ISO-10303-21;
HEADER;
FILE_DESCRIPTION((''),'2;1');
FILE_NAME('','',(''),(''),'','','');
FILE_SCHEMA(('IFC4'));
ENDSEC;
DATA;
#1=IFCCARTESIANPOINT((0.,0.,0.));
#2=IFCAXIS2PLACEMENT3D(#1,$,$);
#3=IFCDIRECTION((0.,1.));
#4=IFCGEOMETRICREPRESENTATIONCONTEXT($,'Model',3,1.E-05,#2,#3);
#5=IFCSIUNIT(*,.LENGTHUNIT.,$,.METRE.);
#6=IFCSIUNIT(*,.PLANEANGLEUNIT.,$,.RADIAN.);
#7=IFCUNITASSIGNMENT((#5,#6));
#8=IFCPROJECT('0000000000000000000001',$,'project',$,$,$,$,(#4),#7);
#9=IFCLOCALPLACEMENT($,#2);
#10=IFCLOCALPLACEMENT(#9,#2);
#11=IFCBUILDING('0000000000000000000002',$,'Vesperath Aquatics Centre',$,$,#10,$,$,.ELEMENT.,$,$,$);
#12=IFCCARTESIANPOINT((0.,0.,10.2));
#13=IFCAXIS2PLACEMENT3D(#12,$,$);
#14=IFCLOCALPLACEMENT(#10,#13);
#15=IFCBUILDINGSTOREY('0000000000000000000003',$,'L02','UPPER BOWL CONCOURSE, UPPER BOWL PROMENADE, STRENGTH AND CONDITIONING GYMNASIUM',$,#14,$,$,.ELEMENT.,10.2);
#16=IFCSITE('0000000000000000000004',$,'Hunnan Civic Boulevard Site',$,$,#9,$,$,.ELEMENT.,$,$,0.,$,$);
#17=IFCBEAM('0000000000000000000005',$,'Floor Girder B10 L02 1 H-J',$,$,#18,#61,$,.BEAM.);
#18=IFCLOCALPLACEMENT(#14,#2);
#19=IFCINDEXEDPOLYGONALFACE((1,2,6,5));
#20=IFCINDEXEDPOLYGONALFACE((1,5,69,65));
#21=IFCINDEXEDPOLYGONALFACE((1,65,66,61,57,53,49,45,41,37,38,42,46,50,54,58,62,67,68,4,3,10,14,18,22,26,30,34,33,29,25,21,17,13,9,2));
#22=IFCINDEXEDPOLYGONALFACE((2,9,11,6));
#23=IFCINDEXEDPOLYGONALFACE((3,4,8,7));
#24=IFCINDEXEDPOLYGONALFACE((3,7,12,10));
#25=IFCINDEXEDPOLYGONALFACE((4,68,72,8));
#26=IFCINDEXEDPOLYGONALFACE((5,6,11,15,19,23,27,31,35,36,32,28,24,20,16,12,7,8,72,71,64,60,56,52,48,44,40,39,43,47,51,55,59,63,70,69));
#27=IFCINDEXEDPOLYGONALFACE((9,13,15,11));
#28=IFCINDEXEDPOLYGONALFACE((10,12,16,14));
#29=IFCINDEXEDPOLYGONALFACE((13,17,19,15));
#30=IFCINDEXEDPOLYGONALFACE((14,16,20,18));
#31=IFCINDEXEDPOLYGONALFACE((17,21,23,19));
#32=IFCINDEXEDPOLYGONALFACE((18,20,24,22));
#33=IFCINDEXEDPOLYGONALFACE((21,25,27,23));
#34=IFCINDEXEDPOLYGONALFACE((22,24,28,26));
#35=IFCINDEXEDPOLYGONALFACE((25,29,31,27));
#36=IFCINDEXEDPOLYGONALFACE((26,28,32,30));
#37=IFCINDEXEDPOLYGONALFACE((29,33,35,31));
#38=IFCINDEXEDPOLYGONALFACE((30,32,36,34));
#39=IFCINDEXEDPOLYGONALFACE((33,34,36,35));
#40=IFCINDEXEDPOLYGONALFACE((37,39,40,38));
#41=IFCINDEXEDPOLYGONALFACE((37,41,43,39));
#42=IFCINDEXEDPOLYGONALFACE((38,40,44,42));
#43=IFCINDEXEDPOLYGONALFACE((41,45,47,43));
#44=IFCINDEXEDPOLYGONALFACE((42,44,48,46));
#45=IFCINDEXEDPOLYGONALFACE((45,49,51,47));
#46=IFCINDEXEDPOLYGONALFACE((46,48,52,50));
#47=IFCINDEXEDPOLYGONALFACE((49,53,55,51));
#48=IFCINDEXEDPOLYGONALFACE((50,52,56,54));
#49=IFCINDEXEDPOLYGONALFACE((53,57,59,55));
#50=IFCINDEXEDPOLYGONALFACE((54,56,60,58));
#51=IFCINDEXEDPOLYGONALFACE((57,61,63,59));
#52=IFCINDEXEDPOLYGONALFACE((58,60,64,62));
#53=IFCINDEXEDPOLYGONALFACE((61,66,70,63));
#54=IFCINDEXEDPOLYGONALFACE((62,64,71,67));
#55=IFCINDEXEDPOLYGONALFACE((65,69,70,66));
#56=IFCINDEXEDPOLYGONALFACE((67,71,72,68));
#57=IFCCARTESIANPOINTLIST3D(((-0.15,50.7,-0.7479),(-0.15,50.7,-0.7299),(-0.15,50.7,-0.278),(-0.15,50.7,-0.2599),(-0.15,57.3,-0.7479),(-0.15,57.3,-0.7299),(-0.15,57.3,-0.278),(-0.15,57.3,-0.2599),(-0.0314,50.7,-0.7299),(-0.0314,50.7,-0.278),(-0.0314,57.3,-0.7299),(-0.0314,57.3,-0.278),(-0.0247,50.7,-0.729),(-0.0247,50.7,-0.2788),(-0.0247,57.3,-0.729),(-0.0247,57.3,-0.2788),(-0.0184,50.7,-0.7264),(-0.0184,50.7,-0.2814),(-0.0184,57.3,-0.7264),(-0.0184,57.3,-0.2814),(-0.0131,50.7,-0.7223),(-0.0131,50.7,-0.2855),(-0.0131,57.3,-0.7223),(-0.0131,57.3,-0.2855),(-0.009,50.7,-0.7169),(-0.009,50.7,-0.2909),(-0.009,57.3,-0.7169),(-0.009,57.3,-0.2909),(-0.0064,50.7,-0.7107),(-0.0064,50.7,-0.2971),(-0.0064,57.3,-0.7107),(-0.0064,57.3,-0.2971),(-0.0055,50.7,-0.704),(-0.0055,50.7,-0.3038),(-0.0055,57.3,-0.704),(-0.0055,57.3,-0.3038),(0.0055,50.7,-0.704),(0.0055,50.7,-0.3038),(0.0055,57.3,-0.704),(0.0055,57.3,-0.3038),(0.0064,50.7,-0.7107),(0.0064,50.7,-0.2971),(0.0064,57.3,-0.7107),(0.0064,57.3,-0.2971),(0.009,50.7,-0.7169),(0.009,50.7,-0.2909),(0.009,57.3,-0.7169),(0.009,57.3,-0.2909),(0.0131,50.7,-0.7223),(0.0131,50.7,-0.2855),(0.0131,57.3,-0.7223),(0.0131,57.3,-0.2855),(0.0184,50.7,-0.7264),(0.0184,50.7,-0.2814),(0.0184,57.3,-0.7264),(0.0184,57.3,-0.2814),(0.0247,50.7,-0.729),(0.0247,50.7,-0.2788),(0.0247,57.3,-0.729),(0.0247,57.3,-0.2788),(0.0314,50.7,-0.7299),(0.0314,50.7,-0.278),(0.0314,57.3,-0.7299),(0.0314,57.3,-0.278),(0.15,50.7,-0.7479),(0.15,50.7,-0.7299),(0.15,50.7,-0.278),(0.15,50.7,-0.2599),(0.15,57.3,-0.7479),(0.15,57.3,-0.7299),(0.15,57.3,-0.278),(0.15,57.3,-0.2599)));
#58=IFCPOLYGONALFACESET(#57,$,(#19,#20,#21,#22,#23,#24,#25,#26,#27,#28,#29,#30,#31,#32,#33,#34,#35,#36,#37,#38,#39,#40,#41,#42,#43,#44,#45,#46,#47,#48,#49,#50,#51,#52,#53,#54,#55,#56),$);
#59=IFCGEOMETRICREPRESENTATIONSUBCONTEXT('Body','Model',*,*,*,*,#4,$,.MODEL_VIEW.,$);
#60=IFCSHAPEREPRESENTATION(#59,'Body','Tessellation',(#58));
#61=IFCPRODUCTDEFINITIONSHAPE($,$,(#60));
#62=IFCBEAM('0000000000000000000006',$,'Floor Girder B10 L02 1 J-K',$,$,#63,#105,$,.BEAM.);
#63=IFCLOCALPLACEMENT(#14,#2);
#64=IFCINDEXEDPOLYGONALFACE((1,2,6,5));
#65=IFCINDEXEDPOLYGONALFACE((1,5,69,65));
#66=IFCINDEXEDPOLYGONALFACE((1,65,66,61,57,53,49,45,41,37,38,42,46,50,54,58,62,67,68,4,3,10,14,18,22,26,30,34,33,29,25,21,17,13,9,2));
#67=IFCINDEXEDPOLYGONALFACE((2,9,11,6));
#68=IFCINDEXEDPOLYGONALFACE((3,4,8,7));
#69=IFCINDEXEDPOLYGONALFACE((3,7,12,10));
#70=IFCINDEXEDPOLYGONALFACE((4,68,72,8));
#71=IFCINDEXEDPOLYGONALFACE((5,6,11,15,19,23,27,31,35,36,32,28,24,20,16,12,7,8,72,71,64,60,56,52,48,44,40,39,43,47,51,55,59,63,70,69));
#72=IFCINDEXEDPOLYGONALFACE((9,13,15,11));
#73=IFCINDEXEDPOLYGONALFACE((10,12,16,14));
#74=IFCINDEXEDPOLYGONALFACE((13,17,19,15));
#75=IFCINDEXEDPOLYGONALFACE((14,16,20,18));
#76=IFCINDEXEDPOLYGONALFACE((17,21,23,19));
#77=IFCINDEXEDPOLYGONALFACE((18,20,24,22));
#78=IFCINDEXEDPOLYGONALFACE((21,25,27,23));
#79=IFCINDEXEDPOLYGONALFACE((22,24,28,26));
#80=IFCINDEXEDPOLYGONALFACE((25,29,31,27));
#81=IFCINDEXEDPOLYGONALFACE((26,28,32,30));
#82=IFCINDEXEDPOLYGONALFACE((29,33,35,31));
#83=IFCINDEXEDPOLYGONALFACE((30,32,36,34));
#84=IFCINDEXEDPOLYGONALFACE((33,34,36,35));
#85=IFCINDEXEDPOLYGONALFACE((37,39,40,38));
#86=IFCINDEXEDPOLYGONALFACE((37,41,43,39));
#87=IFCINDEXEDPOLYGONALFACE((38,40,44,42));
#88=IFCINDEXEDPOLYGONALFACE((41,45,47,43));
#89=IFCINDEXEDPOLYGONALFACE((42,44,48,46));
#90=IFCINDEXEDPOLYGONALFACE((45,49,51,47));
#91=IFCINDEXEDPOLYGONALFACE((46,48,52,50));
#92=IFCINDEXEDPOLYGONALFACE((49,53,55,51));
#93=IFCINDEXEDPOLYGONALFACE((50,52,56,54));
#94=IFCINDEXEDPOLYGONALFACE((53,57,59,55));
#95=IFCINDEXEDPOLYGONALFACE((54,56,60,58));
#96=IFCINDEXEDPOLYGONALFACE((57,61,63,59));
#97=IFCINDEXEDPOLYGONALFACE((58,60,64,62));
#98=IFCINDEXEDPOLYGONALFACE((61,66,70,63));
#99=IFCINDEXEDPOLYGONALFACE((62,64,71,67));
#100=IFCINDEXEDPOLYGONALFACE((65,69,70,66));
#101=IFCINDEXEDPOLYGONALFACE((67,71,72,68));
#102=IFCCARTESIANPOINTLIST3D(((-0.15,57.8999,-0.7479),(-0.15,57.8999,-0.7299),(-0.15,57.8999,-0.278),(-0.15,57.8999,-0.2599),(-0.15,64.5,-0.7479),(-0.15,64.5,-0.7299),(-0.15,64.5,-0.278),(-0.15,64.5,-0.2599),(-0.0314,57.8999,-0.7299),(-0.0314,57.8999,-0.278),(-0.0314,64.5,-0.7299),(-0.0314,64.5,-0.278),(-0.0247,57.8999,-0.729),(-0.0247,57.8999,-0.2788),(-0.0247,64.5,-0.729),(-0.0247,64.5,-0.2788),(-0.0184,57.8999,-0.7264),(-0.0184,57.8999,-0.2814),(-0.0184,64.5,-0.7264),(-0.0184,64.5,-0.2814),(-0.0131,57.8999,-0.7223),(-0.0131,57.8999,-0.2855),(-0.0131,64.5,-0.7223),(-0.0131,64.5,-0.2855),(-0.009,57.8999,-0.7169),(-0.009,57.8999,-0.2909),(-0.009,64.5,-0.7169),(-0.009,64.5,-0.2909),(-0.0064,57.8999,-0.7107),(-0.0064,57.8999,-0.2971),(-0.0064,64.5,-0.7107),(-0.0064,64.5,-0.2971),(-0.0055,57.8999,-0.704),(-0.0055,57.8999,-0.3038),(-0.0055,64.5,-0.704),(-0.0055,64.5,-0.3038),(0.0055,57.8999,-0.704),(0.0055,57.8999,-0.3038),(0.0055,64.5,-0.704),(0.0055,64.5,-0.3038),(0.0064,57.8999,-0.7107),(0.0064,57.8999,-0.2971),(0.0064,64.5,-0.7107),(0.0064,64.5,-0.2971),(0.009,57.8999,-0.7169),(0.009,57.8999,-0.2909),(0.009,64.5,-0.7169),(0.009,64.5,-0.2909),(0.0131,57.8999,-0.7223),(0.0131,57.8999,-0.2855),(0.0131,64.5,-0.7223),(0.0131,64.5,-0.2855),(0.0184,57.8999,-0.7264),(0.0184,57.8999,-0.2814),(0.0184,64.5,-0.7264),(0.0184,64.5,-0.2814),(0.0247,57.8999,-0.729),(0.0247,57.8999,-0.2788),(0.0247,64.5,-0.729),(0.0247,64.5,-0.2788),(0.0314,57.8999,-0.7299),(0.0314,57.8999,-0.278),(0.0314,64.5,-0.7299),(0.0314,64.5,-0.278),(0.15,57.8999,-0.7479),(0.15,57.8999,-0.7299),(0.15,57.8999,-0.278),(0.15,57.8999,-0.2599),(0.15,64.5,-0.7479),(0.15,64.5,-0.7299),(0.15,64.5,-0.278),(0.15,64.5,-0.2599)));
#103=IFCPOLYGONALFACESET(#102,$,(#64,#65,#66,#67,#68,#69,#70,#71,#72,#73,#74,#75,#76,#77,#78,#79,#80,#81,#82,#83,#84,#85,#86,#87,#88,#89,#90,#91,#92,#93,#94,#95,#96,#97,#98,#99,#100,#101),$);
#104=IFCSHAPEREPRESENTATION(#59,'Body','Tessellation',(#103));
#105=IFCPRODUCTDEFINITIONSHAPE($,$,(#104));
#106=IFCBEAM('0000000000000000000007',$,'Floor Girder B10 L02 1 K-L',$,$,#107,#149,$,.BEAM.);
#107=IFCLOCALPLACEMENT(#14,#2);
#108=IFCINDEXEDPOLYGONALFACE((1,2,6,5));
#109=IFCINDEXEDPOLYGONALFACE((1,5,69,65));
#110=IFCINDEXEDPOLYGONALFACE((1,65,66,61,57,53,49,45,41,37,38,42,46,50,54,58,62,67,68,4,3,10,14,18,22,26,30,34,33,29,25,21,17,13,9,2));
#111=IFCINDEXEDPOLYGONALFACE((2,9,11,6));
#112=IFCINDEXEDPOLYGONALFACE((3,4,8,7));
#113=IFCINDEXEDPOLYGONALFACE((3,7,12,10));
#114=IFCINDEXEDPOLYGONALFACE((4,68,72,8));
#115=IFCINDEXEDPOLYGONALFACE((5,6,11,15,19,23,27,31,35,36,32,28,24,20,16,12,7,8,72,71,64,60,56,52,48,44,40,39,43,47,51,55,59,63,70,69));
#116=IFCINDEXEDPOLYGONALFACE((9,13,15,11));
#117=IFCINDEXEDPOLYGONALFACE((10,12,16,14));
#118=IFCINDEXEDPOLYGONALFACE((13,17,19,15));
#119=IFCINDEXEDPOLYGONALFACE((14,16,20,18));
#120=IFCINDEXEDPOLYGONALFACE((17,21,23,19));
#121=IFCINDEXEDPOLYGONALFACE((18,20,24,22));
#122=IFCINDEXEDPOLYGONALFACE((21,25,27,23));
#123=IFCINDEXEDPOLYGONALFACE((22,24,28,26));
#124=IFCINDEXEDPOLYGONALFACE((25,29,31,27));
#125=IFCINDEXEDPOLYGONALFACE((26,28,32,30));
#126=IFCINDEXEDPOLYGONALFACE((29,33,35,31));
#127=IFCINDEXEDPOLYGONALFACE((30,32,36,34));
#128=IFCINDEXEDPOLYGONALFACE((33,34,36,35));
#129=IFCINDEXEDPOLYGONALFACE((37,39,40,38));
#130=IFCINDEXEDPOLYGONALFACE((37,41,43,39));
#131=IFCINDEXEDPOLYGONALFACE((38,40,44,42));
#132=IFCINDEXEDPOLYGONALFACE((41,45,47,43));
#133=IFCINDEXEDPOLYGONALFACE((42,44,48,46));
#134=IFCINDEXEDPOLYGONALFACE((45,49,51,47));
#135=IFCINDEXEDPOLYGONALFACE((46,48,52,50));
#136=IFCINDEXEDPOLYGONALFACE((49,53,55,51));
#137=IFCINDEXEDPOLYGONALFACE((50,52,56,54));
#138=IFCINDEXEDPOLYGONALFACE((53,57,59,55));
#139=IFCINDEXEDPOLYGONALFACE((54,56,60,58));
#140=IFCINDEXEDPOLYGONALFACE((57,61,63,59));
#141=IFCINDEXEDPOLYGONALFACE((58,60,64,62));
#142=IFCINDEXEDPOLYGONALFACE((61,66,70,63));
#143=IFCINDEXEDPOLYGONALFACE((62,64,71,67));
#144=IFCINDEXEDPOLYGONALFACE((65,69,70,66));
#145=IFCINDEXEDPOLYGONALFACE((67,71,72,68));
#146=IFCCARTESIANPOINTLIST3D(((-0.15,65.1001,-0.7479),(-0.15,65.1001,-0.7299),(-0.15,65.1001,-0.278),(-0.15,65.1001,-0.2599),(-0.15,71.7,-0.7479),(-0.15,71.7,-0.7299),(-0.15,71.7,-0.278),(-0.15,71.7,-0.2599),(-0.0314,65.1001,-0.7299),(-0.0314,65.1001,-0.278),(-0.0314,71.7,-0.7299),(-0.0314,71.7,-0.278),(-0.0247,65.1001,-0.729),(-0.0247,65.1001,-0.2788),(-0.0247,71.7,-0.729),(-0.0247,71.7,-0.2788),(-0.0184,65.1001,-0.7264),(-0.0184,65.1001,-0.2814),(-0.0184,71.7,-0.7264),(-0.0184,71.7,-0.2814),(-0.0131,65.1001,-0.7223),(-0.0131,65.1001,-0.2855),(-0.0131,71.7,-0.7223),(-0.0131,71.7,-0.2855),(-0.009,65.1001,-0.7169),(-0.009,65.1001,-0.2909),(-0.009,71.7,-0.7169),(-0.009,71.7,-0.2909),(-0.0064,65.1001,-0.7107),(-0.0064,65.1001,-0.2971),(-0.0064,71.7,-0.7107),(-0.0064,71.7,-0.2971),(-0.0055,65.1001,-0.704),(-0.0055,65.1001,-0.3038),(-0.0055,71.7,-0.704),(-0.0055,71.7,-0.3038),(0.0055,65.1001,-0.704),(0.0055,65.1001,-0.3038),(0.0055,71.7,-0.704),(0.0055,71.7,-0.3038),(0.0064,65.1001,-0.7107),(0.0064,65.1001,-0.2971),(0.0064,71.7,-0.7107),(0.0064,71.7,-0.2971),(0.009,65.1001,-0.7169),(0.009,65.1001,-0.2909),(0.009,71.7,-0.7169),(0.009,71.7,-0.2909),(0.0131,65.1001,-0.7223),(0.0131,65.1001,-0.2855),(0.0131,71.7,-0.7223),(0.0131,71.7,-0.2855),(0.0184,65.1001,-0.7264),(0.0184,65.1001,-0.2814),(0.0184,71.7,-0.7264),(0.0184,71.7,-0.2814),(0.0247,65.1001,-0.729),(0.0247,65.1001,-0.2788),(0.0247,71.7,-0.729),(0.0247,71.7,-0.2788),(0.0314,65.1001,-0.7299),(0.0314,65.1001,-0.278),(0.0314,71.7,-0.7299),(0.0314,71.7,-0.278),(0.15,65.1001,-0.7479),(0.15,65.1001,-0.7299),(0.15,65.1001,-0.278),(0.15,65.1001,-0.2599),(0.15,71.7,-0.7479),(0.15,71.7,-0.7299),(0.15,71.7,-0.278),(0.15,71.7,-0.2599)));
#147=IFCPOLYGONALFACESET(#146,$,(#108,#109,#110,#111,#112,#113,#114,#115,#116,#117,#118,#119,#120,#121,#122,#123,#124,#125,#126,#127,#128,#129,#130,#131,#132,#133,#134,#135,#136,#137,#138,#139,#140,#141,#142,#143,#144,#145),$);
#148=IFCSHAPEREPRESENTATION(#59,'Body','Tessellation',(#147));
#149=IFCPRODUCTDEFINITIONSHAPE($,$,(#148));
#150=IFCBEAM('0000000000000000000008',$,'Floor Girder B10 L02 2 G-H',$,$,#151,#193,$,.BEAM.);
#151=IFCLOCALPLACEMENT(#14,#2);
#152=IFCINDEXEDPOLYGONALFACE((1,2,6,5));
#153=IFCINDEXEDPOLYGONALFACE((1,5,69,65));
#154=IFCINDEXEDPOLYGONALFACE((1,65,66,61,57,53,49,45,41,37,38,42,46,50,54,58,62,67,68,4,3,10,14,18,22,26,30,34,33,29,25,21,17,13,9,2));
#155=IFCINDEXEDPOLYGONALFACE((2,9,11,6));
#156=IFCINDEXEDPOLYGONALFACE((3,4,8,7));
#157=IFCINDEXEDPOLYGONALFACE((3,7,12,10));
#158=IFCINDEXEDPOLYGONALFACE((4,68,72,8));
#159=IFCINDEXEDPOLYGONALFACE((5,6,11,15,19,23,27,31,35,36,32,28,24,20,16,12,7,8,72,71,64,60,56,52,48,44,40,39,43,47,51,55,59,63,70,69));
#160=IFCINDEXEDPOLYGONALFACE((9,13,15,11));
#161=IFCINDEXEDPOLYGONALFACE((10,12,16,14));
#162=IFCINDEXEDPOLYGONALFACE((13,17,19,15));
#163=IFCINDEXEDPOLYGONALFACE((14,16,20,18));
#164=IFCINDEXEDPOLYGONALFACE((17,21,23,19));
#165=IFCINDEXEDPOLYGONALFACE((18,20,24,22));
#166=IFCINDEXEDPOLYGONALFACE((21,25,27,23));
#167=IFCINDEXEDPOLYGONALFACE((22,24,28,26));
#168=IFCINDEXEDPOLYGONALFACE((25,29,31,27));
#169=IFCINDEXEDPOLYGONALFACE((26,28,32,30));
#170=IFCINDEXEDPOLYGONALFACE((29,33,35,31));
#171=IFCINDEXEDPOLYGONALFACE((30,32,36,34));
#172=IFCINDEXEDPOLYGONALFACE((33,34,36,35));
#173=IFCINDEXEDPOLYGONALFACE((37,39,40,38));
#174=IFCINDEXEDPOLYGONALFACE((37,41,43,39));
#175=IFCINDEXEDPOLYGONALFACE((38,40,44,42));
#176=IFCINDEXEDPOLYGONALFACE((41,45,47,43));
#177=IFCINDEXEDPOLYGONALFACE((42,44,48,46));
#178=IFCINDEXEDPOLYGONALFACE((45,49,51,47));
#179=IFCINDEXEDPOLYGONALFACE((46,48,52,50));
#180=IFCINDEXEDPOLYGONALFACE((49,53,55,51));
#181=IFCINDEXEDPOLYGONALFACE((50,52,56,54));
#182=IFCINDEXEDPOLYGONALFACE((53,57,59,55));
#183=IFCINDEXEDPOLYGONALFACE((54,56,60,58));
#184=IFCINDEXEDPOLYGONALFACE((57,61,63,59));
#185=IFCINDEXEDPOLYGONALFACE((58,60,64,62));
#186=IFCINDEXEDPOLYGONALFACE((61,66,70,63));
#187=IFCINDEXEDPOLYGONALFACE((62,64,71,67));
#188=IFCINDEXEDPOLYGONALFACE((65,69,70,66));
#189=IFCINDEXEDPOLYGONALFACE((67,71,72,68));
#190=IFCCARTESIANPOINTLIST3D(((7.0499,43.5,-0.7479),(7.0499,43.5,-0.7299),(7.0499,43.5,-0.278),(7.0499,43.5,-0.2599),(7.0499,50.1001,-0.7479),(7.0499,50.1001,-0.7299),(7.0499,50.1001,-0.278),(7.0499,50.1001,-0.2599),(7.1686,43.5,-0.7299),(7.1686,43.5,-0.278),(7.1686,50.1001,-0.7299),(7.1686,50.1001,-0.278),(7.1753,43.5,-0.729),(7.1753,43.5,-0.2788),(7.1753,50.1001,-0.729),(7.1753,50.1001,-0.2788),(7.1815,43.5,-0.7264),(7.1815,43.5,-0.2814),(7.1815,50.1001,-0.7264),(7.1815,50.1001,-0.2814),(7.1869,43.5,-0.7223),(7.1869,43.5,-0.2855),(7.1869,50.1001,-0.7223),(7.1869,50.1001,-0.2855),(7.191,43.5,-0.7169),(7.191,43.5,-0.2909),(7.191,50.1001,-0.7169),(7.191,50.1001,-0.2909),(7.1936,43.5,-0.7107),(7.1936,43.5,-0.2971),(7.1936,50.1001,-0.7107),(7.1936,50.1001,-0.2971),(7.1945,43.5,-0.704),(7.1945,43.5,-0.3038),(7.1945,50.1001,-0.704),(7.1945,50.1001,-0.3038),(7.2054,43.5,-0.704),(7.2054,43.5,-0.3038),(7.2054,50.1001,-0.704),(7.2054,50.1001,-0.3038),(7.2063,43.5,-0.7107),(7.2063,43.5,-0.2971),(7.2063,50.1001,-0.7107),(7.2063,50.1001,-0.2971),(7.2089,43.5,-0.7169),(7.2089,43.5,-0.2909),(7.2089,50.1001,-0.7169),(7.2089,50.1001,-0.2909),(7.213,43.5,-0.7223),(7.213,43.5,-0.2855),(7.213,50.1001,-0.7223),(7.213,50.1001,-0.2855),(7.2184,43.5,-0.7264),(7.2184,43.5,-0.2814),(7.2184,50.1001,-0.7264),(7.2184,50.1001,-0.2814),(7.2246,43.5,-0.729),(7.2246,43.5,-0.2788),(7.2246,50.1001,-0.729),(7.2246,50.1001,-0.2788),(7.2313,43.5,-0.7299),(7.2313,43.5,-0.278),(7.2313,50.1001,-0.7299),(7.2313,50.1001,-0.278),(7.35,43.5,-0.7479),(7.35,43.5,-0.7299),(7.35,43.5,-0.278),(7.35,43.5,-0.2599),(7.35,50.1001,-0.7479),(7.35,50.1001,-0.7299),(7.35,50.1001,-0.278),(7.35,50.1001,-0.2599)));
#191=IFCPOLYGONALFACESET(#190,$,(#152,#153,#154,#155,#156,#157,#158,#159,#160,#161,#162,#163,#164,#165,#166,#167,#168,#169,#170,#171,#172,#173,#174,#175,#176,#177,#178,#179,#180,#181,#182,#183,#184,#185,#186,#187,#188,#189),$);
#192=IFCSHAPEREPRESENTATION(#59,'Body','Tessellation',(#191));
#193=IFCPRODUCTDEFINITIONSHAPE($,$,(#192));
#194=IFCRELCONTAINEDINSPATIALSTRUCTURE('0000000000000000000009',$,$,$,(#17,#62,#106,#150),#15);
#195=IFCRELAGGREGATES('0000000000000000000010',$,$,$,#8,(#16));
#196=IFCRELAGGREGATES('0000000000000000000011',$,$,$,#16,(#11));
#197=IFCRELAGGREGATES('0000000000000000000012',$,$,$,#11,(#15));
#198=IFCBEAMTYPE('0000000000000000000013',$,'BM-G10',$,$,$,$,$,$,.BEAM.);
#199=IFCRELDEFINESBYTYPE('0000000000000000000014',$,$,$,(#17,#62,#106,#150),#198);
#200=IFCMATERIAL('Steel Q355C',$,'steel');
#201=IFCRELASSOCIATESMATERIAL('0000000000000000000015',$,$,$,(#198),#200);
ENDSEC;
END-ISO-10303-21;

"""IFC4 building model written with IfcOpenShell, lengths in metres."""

from ifc_helpers import new_model, si_unit, direction, frame, origin, origin_2d, place, context, subcontext, project, spatial, i_section, extrude, material, material_profile, profile_set, type_object, element, save


model = new_model("IFC4")

# Units and contexts
model_context = context("Model", 3, precision=1e-05, world=origin(), true_north=direction((0.0, 1.0)))
body_context = subcontext(model_context, "Body", "Model", "MODEL_VIEW")
ifc_project = project(units=[si_unit("LENGTHUNIT", "METRE"), si_unit("PLANEANGLEUNIT", "RADIAN")], contexts=[model_context])

# Site, building, storey
site_placement = place(None, origin())
site = spatial("IfcSite", under=ifc_project, at=site_placement, Name="Hunnan Civic Boulevard Site", CompositionType="ELEMENT", RefElevation=0.0)
building_placement = place(site_placement, origin())
building = spatial("IfcBuilding", under=site, at=building_placement, Name="Vesperath Aquatics Centre", CompositionType="ELEMENT")
storey_placement = place(building_placement, frame((0.0, 0.0, 10.2)))
storey = spatial("IfcBuildingStorey", under=building, at=storey_placement, Name="L02", Description="UPPER BOWL CONCOURSE, UPPER BOWL PROMENADE, STRENGTH AND CONDITIONING GYMNASIUM", CompositionType="ELEMENT", Elevation=10.2)

# Beams
ifc_material_1 = material(Name="Steel Q355C", Category="steel")
ifc_material_profile_1 = material_profile(ifc_material_1, i_section(OverallWidth=0.3, OverallDepth=0.488, WebThickness=0.011, FlangeThickness=0.0181, FilletRadius=0.0259, at=origin_2d()), Name="HM 488x300x11x18")
ifc_profile_set_1 = profile_set([ifc_material_profile_1], Name="Steel Q355C")
beam_type_1 = type_object("IfcBeamType", Name="BM-G10", PredefinedType="BEAM", material=ifc_profile_set_1)
for number, where, z_axis, x_axis, name in (
    (1, (0.0, 50.7, -0.5039), (0.0, 1.0, 0.0), (-1.0, 0.0, 0.0), "Floor Girder B10 L02 1 H-J"),
    (2, (0.0, 57.8999, -0.5039), (0.0, 1.0, 0.0), (-1.0, 0.0, 0.0), "Floor Girder B10 L02 1 J-K"),
):
    element("IfcBeam", number, at=place(storey_placement, frame(where, z_axis=z_axis, x_axis=x_axis)), inside=storey, type_object=beam_type_1, Name=name, PredefinedType="BEAM", context=body_context, shape_type="SweptSolid", body=[
        extrude(i_section(OverallWidth=0.3, OverallDepth=0.488, WebThickness=0.011, FlangeThickness=0.0181, FilletRadius=0.0259, at=origin_2d()), origin(), (0.0, 0.0, 1.0), 6.6001),
    ])
beam_1_placement = place(storey_placement, frame((0.0, 65.1001, -0.5039), z_axis=(0.0, 1.0, 0.0), x_axis=(-1.0, 0.0, 0.0)))
element("IfcBeam", 3, at=beam_1_placement, inside=storey, type_object=beam_type_1, Name="Floor Girder B10 L02 1 K-L", PredefinedType="BEAM", context=body_context, shape_type="SweptSolid", body=[
    extrude(i_section(OverallWidth=0.3, OverallDepth=0.488, WebThickness=0.011, FlangeThickness=0.0181, FilletRadius=0.0259, at=origin_2d()), origin(), (0.0, 0.0, 1.0), 6.5999),
])
for number, where, z_axis, x_axis, name in (
    (4, (7.2, 43.5, -0.5039), (0.0, 1.0, 0.0), (-1.0, 0.0, 0.0), "Floor Girder B10 L02 2 G-H"),
):
    element("IfcBeam", number, at=place(storey_placement, frame(where, z_axis=z_axis, x_axis=x_axis)), inside=storey, type_object=beam_type_1, Name=name, PredefinedType="BEAM", context=body_context, shape_type="SweptSolid", body=[
        extrude(i_section(OverallWidth=0.3, OverallDepth=0.488, WebThickness=0.011, FlangeThickness=0.0181, FilletRadius=0.0259, at=origin_2d()), origin(), (0.0, 0.0, 1.0), 6.6001),
    ])

save(model, "model.ifc")
